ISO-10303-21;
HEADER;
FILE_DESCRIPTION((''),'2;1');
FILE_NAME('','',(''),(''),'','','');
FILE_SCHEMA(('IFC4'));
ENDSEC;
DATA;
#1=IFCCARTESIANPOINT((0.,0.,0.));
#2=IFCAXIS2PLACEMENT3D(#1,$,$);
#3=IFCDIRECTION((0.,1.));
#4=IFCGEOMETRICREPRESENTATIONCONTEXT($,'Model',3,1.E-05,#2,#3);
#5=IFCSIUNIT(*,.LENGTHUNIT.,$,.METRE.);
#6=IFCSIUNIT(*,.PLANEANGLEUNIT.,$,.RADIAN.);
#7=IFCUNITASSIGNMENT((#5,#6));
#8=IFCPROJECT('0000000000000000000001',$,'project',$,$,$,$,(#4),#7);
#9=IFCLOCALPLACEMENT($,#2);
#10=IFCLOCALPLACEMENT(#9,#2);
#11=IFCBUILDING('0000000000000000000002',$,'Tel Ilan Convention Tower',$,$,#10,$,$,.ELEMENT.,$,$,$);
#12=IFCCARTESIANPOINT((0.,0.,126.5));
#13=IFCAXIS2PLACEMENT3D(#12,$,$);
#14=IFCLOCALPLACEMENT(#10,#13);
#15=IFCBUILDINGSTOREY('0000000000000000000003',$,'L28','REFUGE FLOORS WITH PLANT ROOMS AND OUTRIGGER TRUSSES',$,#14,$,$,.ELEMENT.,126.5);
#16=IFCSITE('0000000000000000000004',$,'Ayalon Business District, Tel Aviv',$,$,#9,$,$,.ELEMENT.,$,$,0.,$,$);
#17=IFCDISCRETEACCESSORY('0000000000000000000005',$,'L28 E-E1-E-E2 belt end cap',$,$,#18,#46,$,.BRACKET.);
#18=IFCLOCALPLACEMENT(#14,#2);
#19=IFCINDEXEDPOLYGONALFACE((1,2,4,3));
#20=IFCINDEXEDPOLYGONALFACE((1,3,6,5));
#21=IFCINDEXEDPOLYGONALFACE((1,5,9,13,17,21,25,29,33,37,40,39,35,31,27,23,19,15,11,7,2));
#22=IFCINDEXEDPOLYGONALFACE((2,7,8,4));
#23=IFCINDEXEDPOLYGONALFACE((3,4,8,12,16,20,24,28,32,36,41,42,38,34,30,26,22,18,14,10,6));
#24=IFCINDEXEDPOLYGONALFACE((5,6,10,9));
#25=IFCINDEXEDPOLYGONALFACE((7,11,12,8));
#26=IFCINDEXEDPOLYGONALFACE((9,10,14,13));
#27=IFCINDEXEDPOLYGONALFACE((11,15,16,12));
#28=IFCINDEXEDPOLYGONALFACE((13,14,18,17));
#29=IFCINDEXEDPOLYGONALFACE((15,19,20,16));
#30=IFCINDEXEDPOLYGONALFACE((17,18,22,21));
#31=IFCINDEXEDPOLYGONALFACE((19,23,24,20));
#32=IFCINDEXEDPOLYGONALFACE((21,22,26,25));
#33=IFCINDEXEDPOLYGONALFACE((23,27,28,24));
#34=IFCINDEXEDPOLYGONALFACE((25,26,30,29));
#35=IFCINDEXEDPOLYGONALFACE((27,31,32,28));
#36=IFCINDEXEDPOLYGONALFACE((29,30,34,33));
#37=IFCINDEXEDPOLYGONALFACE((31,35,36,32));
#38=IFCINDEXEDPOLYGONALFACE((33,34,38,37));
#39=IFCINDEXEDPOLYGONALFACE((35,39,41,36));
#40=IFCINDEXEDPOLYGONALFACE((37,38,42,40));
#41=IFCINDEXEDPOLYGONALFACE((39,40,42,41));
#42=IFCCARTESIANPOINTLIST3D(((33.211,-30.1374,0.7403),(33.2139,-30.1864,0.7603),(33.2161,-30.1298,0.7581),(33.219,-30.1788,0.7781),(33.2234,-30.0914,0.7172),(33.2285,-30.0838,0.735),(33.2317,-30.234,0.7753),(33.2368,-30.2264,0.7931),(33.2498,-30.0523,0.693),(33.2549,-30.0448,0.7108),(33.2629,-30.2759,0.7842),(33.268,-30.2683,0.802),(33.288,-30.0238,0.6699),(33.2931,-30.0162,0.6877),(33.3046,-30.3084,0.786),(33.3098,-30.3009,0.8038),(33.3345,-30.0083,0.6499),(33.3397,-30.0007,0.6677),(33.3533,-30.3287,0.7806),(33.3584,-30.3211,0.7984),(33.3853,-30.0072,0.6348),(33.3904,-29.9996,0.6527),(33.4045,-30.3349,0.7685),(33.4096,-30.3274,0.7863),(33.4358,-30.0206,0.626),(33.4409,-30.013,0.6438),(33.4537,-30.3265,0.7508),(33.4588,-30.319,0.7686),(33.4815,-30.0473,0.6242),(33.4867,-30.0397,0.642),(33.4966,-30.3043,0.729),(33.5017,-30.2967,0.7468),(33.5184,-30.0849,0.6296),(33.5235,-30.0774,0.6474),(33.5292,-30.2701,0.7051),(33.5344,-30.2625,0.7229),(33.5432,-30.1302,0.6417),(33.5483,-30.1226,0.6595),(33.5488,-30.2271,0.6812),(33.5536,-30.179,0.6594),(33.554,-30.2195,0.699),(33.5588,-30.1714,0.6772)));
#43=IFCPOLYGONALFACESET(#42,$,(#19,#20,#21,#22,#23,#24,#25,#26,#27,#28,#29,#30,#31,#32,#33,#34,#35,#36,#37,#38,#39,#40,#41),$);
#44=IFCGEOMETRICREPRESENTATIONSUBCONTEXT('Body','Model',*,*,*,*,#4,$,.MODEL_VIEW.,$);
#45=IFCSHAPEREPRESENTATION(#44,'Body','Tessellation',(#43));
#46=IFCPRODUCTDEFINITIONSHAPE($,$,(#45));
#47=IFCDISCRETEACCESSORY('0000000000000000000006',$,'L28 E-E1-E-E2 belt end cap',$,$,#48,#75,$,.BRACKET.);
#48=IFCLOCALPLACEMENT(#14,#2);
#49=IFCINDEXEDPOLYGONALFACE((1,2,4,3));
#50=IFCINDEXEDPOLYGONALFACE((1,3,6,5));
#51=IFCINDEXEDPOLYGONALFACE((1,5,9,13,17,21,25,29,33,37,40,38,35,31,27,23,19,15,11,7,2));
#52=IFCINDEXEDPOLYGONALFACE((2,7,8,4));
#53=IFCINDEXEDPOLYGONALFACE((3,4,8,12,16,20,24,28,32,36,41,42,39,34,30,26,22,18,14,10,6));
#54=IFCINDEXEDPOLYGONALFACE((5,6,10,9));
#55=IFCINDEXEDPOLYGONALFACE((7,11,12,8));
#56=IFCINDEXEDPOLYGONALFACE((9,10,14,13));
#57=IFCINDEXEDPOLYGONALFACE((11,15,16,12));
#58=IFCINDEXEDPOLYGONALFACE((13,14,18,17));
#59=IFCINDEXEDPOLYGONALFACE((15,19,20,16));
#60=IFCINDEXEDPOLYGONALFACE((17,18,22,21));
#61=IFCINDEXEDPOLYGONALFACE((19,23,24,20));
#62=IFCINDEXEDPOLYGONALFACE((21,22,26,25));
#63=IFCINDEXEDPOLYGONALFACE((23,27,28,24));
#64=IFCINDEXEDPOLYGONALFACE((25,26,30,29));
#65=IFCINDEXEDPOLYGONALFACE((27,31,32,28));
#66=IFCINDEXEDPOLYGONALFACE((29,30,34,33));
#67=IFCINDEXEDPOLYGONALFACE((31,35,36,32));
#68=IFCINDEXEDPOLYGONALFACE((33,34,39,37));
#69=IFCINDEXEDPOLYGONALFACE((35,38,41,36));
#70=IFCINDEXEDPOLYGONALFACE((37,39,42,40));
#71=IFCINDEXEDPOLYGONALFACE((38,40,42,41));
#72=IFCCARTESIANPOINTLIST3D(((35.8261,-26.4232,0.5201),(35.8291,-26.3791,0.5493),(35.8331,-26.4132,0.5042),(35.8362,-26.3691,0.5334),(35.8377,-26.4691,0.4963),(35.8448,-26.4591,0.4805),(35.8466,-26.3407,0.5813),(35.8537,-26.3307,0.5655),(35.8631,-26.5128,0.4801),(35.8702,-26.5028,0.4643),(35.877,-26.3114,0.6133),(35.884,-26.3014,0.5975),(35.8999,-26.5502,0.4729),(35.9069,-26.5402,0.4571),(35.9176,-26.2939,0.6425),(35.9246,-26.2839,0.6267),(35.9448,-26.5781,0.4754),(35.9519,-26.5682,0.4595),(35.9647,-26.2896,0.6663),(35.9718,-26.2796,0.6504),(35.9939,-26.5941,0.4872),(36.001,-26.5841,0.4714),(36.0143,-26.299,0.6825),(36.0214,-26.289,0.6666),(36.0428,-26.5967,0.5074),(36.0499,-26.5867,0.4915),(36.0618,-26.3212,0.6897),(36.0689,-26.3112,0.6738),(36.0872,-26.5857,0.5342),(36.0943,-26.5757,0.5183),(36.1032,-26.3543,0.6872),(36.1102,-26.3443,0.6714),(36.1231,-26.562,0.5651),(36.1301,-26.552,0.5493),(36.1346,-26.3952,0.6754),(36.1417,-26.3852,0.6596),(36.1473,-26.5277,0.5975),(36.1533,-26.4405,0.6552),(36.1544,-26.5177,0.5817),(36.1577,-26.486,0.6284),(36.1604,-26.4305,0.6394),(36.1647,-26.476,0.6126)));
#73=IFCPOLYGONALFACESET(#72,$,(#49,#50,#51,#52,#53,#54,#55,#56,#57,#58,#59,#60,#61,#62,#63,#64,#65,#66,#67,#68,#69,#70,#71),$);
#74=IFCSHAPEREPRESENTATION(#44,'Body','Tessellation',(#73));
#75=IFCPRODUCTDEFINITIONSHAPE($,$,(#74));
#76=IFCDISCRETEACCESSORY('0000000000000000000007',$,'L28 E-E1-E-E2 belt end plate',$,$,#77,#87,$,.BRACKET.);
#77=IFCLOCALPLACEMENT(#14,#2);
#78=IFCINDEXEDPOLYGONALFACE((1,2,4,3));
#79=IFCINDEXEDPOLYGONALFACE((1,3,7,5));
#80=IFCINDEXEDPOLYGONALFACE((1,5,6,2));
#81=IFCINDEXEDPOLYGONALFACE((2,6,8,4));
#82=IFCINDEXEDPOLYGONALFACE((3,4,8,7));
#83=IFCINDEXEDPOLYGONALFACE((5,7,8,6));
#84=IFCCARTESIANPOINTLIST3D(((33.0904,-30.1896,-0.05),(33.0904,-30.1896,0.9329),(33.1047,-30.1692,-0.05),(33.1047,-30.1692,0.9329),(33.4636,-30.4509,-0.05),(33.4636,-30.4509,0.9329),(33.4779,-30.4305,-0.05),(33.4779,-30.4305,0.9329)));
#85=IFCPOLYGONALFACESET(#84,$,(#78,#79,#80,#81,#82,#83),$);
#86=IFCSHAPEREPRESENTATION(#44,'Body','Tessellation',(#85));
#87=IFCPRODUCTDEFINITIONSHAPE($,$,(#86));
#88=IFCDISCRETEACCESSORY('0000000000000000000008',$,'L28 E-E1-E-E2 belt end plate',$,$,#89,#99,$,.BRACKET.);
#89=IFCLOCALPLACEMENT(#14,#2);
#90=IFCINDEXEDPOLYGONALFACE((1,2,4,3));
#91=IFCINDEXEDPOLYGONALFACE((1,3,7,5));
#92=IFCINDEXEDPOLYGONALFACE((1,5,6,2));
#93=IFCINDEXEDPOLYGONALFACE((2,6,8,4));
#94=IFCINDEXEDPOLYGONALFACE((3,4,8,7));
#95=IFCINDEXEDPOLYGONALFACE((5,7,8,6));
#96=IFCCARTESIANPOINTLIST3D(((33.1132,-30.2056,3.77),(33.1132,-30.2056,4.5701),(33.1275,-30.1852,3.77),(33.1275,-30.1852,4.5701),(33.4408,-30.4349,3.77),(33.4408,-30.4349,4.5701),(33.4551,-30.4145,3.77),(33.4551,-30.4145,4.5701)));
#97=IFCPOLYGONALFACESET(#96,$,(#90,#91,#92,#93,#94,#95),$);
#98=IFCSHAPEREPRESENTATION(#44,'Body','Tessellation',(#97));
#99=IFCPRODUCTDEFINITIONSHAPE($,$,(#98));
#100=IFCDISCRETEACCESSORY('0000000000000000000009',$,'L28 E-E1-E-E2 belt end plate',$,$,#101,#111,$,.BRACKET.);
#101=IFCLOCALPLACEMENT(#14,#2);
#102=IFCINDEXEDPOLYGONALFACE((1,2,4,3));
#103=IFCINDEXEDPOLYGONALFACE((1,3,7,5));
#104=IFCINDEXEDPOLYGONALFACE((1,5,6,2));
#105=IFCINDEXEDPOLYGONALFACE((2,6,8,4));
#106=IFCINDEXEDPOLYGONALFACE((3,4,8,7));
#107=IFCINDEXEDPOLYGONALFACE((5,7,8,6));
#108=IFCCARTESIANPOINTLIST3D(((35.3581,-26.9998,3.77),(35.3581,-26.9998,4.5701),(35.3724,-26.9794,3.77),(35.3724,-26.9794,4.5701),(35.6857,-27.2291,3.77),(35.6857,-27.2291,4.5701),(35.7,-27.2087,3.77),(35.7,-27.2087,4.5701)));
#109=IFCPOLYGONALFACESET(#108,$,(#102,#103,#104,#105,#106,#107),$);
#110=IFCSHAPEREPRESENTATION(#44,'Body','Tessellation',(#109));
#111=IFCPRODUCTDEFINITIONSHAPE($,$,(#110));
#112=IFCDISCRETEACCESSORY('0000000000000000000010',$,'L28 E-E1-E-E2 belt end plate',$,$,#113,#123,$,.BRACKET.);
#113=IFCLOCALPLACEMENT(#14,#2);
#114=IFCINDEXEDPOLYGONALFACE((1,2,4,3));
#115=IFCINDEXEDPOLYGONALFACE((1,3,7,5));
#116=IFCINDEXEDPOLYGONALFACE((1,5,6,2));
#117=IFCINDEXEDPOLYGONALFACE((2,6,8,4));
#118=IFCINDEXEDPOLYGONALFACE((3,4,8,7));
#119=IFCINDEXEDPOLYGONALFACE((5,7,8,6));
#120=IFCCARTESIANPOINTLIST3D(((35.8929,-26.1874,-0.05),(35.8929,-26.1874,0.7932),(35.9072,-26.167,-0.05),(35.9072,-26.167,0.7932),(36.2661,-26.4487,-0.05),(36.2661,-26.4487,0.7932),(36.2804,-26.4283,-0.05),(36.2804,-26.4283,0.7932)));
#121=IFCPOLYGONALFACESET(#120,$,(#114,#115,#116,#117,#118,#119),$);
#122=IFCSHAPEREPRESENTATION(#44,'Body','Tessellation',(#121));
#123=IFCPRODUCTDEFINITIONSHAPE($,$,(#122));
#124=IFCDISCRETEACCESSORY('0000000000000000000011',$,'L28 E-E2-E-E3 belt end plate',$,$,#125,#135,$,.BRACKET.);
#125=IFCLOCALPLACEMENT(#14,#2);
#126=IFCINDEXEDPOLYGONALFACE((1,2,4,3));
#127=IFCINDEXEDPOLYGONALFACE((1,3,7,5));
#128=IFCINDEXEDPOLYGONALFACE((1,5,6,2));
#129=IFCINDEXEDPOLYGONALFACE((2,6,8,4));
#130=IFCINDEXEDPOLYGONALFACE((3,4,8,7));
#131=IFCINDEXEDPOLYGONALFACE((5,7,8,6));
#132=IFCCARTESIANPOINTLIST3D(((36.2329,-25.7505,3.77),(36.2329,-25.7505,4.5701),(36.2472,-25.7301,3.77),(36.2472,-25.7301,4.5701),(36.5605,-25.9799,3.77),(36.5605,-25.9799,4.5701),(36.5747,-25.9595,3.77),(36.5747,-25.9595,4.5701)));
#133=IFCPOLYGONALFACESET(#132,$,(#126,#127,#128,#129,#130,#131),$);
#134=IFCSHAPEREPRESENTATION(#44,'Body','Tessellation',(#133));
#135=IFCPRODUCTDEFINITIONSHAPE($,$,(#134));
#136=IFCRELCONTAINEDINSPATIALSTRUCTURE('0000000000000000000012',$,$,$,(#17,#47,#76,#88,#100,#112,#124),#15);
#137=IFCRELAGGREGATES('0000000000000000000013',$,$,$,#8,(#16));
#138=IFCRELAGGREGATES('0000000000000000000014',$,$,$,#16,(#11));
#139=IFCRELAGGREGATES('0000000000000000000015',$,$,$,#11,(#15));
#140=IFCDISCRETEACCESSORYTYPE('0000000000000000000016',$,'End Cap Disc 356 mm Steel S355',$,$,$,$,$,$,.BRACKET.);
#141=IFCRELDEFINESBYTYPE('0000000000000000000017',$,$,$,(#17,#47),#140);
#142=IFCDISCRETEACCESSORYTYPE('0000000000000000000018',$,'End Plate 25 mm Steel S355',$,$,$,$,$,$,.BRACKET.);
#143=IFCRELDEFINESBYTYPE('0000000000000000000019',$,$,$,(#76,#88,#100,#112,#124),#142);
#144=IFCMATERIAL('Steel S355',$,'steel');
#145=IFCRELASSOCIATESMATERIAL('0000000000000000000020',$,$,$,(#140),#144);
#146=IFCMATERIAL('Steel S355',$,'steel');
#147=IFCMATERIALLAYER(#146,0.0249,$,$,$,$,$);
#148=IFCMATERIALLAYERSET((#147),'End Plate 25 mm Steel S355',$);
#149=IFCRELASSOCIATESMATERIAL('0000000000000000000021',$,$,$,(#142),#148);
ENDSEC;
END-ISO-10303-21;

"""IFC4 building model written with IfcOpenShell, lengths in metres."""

from ifc_helpers import new_model, si_unit, direction, frame, origin, origin_2d, place, context, subcontext, project, spatial, rectangle, circle, extrude, material, layer, layer_set, material_profile, profile_set, type_object, element, save


model = new_model("IFC4")

# Units and contexts
model_context = context("Model", 3, precision=1e-05, world=origin(), true_north=direction((0.0, 1.0)))
body_context = subcontext(model_context, "Body", "Model", "MODEL_VIEW")
ifc_project = project(units=[si_unit("LENGTHUNIT", "METRE"), si_unit("PLANEANGLEUNIT", "RADIAN")], contexts=[model_context])

# Site, building, storey
site_placement = place(None, origin())
site = spatial("IfcSite", under=ifc_project, at=site_placement, Name="Ayalon Business District, Tel Aviv", CompositionType="ELEMENT", RefElevation=0.0)
building_placement = place(site_placement, origin())
building = spatial("IfcBuilding", under=site, at=building_placement, Name="Tel Ilan Convention Tower", CompositionType="ELEMENT")
storey_placement = place(building_placement, frame((0.0, 0.0, 126.5)))
storey = spatial("IfcBuildingStorey", under=building, at=storey_placement, Name="L28", Description="REFUGE FLOORS WITH PLANT ROOMS AND OUTRIGGER TRUSSES", CompositionType="ELEMENT", Elevation=126.5)

# Discrete accessories
ifc_material_1 = material(Name="Steel S355", Category="steel")
ifc_material_profile_1 = material_profile(ifc_material_1, circle(Radius=0.1777, at=origin_2d()), Name="End Cap Disc 356 mm Steel S355")
ifc_profile_set_1 = profile_set([ifc_material_profile_1], Name="Steel S355")
discrete_accessory_type_1 = type_object("IfcDiscreteAccessoryType", Name="End Cap Disc 356 mm Steel S355", PredefinedType="BRACKET", material=ifc_profile_set_1)
for number, where, z_axis, x_axis, name in (
    (1, (33.3872, -30.1628, 0.7229), (-0.255964, -0.377852, -0.889781), (0.827919, -0.560848, 0.0), "L28 E-E1-E-E2 belt end cap"),
    (2, (35.9917, -26.4434, 0.5813), (0.353055, 0.499147, -0.791331), (-0.816416, 0.577465, 0.0), "L28 E-E1-E-E2 belt end cap"),
):
    element("IfcDiscreteAccessory", number, at=place(storey_placement, frame(where, z_axis=z_axis, x_axis=x_axis)), inside=storey, type_object=discrete_accessory_type_1, Name=name, PredefinedType="BRACKET", context=body_context, shape_type="SweptSolid", body=[
        extrude(circle(Radius=0.1777, at=origin_2d()), origin(), (0.0, 0.0, 1.0), 0.02),
    ])
ifc_material_2 = material(Name="Steel S355", Category="steel")
ifc_layer_1 = layer(ifc_material_2, 0.0249)
ifc_layer_set_1 = layer_set([ifc_layer_1], Name="End Plate 25 mm Steel S355")
discrete_accessory_type_2 = type_object("IfcDiscreteAccessoryType", Name="End Plate 25 mm Steel S355", PredefinedType="BRACKET", material=ifc_layer_set_1)
discrete_accessory_1_placement = place(storey_placement, frame((33.2842, -30.3101, -0.05), z_axis=(0.0, 0.0, 1.0), x_axis=(-0.573576, -0.819152, 0.0)))
element("IfcDiscreteAccessory", 3, at=discrete_accessory_1_placement, inside=storey, type_object=discrete_accessory_type_2, Name="L28 E-E1-E-E2 belt end plate", PredefinedType="BRACKET", context=body_context, shape_type="SweptSolid", body=[
    extrude(rectangle(XDim=0.0249, YDim=0.4556, at=origin_2d()), origin(), (0.0, 0.0, 1.0), 0.9829),
])
for number, where, z_axis, x_axis, name in (
    (4, (33.2842, -30.3101, 3.77), (0.0, 0.0, 1.0), (-0.573576, -0.819152, 0.0), "L28 E-E1-E-E2 belt end plate"),
    (5, (35.5291, -27.1042, 3.77), (0.0, 0.0, 1.0), (0.573576, 0.819152, 0.0), "L28 E-E1-E-E2 belt end plate"),
):
    element("IfcDiscreteAccessory", number, at=place(storey_placement, frame(where, z_axis=z_axis, x_axis=x_axis)), inside=storey, type_object=discrete_accessory_type_2, Name=name, PredefinedType="BRACKET", context=body_context, shape_type="SweptSolid", body=[
        extrude(rectangle(XDim=0.0249, YDim=0.3999, at=origin_2d()), origin(), (0.0, 0.0, 1.0), 0.8),
    ])
discrete_accessory_2_placement = place(storey_placement, frame((36.0867, -26.3079, -0.05), z_axis=(0.0, 0.0, 1.0), x_axis=(0.573576, 0.819152, 0.0)))
element("IfcDiscreteAccessory", 6, at=discrete_accessory_2_placement, inside=storey, type_object=discrete_accessory_type_2, Name="L28 E-E1-E-E2 belt end plate", PredefinedType="BRACKET", context=body_context, shape_type="SweptSolid", body=[
    extrude(rectangle(XDim=0.0249, YDim=0.4556, at=origin_2d()), origin(), (0.0, 0.0, 1.0), 0.8433),
])
discrete_accessory_3_placement = place(storey_placement, frame((36.4038, -25.855, 3.77), z_axis=(0.0, 0.0, 1.0), x_axis=(-0.573576, -0.819152, 0.0)))
element("IfcDiscreteAccessory", 7, at=discrete_accessory_3_placement, inside=storey, type_object=discrete_accessory_type_2, Name="L28 E-E2-E-E3 belt end plate", PredefinedType="BRACKET", context=body_context, shape_type="SweptSolid", body=[
    extrude(rectangle(XDim=0.0249, YDim=0.3999, at=origin_2d()), origin(), (0.0, 0.0, 1.0), 0.8),
])

save(model, "model.ifc")
